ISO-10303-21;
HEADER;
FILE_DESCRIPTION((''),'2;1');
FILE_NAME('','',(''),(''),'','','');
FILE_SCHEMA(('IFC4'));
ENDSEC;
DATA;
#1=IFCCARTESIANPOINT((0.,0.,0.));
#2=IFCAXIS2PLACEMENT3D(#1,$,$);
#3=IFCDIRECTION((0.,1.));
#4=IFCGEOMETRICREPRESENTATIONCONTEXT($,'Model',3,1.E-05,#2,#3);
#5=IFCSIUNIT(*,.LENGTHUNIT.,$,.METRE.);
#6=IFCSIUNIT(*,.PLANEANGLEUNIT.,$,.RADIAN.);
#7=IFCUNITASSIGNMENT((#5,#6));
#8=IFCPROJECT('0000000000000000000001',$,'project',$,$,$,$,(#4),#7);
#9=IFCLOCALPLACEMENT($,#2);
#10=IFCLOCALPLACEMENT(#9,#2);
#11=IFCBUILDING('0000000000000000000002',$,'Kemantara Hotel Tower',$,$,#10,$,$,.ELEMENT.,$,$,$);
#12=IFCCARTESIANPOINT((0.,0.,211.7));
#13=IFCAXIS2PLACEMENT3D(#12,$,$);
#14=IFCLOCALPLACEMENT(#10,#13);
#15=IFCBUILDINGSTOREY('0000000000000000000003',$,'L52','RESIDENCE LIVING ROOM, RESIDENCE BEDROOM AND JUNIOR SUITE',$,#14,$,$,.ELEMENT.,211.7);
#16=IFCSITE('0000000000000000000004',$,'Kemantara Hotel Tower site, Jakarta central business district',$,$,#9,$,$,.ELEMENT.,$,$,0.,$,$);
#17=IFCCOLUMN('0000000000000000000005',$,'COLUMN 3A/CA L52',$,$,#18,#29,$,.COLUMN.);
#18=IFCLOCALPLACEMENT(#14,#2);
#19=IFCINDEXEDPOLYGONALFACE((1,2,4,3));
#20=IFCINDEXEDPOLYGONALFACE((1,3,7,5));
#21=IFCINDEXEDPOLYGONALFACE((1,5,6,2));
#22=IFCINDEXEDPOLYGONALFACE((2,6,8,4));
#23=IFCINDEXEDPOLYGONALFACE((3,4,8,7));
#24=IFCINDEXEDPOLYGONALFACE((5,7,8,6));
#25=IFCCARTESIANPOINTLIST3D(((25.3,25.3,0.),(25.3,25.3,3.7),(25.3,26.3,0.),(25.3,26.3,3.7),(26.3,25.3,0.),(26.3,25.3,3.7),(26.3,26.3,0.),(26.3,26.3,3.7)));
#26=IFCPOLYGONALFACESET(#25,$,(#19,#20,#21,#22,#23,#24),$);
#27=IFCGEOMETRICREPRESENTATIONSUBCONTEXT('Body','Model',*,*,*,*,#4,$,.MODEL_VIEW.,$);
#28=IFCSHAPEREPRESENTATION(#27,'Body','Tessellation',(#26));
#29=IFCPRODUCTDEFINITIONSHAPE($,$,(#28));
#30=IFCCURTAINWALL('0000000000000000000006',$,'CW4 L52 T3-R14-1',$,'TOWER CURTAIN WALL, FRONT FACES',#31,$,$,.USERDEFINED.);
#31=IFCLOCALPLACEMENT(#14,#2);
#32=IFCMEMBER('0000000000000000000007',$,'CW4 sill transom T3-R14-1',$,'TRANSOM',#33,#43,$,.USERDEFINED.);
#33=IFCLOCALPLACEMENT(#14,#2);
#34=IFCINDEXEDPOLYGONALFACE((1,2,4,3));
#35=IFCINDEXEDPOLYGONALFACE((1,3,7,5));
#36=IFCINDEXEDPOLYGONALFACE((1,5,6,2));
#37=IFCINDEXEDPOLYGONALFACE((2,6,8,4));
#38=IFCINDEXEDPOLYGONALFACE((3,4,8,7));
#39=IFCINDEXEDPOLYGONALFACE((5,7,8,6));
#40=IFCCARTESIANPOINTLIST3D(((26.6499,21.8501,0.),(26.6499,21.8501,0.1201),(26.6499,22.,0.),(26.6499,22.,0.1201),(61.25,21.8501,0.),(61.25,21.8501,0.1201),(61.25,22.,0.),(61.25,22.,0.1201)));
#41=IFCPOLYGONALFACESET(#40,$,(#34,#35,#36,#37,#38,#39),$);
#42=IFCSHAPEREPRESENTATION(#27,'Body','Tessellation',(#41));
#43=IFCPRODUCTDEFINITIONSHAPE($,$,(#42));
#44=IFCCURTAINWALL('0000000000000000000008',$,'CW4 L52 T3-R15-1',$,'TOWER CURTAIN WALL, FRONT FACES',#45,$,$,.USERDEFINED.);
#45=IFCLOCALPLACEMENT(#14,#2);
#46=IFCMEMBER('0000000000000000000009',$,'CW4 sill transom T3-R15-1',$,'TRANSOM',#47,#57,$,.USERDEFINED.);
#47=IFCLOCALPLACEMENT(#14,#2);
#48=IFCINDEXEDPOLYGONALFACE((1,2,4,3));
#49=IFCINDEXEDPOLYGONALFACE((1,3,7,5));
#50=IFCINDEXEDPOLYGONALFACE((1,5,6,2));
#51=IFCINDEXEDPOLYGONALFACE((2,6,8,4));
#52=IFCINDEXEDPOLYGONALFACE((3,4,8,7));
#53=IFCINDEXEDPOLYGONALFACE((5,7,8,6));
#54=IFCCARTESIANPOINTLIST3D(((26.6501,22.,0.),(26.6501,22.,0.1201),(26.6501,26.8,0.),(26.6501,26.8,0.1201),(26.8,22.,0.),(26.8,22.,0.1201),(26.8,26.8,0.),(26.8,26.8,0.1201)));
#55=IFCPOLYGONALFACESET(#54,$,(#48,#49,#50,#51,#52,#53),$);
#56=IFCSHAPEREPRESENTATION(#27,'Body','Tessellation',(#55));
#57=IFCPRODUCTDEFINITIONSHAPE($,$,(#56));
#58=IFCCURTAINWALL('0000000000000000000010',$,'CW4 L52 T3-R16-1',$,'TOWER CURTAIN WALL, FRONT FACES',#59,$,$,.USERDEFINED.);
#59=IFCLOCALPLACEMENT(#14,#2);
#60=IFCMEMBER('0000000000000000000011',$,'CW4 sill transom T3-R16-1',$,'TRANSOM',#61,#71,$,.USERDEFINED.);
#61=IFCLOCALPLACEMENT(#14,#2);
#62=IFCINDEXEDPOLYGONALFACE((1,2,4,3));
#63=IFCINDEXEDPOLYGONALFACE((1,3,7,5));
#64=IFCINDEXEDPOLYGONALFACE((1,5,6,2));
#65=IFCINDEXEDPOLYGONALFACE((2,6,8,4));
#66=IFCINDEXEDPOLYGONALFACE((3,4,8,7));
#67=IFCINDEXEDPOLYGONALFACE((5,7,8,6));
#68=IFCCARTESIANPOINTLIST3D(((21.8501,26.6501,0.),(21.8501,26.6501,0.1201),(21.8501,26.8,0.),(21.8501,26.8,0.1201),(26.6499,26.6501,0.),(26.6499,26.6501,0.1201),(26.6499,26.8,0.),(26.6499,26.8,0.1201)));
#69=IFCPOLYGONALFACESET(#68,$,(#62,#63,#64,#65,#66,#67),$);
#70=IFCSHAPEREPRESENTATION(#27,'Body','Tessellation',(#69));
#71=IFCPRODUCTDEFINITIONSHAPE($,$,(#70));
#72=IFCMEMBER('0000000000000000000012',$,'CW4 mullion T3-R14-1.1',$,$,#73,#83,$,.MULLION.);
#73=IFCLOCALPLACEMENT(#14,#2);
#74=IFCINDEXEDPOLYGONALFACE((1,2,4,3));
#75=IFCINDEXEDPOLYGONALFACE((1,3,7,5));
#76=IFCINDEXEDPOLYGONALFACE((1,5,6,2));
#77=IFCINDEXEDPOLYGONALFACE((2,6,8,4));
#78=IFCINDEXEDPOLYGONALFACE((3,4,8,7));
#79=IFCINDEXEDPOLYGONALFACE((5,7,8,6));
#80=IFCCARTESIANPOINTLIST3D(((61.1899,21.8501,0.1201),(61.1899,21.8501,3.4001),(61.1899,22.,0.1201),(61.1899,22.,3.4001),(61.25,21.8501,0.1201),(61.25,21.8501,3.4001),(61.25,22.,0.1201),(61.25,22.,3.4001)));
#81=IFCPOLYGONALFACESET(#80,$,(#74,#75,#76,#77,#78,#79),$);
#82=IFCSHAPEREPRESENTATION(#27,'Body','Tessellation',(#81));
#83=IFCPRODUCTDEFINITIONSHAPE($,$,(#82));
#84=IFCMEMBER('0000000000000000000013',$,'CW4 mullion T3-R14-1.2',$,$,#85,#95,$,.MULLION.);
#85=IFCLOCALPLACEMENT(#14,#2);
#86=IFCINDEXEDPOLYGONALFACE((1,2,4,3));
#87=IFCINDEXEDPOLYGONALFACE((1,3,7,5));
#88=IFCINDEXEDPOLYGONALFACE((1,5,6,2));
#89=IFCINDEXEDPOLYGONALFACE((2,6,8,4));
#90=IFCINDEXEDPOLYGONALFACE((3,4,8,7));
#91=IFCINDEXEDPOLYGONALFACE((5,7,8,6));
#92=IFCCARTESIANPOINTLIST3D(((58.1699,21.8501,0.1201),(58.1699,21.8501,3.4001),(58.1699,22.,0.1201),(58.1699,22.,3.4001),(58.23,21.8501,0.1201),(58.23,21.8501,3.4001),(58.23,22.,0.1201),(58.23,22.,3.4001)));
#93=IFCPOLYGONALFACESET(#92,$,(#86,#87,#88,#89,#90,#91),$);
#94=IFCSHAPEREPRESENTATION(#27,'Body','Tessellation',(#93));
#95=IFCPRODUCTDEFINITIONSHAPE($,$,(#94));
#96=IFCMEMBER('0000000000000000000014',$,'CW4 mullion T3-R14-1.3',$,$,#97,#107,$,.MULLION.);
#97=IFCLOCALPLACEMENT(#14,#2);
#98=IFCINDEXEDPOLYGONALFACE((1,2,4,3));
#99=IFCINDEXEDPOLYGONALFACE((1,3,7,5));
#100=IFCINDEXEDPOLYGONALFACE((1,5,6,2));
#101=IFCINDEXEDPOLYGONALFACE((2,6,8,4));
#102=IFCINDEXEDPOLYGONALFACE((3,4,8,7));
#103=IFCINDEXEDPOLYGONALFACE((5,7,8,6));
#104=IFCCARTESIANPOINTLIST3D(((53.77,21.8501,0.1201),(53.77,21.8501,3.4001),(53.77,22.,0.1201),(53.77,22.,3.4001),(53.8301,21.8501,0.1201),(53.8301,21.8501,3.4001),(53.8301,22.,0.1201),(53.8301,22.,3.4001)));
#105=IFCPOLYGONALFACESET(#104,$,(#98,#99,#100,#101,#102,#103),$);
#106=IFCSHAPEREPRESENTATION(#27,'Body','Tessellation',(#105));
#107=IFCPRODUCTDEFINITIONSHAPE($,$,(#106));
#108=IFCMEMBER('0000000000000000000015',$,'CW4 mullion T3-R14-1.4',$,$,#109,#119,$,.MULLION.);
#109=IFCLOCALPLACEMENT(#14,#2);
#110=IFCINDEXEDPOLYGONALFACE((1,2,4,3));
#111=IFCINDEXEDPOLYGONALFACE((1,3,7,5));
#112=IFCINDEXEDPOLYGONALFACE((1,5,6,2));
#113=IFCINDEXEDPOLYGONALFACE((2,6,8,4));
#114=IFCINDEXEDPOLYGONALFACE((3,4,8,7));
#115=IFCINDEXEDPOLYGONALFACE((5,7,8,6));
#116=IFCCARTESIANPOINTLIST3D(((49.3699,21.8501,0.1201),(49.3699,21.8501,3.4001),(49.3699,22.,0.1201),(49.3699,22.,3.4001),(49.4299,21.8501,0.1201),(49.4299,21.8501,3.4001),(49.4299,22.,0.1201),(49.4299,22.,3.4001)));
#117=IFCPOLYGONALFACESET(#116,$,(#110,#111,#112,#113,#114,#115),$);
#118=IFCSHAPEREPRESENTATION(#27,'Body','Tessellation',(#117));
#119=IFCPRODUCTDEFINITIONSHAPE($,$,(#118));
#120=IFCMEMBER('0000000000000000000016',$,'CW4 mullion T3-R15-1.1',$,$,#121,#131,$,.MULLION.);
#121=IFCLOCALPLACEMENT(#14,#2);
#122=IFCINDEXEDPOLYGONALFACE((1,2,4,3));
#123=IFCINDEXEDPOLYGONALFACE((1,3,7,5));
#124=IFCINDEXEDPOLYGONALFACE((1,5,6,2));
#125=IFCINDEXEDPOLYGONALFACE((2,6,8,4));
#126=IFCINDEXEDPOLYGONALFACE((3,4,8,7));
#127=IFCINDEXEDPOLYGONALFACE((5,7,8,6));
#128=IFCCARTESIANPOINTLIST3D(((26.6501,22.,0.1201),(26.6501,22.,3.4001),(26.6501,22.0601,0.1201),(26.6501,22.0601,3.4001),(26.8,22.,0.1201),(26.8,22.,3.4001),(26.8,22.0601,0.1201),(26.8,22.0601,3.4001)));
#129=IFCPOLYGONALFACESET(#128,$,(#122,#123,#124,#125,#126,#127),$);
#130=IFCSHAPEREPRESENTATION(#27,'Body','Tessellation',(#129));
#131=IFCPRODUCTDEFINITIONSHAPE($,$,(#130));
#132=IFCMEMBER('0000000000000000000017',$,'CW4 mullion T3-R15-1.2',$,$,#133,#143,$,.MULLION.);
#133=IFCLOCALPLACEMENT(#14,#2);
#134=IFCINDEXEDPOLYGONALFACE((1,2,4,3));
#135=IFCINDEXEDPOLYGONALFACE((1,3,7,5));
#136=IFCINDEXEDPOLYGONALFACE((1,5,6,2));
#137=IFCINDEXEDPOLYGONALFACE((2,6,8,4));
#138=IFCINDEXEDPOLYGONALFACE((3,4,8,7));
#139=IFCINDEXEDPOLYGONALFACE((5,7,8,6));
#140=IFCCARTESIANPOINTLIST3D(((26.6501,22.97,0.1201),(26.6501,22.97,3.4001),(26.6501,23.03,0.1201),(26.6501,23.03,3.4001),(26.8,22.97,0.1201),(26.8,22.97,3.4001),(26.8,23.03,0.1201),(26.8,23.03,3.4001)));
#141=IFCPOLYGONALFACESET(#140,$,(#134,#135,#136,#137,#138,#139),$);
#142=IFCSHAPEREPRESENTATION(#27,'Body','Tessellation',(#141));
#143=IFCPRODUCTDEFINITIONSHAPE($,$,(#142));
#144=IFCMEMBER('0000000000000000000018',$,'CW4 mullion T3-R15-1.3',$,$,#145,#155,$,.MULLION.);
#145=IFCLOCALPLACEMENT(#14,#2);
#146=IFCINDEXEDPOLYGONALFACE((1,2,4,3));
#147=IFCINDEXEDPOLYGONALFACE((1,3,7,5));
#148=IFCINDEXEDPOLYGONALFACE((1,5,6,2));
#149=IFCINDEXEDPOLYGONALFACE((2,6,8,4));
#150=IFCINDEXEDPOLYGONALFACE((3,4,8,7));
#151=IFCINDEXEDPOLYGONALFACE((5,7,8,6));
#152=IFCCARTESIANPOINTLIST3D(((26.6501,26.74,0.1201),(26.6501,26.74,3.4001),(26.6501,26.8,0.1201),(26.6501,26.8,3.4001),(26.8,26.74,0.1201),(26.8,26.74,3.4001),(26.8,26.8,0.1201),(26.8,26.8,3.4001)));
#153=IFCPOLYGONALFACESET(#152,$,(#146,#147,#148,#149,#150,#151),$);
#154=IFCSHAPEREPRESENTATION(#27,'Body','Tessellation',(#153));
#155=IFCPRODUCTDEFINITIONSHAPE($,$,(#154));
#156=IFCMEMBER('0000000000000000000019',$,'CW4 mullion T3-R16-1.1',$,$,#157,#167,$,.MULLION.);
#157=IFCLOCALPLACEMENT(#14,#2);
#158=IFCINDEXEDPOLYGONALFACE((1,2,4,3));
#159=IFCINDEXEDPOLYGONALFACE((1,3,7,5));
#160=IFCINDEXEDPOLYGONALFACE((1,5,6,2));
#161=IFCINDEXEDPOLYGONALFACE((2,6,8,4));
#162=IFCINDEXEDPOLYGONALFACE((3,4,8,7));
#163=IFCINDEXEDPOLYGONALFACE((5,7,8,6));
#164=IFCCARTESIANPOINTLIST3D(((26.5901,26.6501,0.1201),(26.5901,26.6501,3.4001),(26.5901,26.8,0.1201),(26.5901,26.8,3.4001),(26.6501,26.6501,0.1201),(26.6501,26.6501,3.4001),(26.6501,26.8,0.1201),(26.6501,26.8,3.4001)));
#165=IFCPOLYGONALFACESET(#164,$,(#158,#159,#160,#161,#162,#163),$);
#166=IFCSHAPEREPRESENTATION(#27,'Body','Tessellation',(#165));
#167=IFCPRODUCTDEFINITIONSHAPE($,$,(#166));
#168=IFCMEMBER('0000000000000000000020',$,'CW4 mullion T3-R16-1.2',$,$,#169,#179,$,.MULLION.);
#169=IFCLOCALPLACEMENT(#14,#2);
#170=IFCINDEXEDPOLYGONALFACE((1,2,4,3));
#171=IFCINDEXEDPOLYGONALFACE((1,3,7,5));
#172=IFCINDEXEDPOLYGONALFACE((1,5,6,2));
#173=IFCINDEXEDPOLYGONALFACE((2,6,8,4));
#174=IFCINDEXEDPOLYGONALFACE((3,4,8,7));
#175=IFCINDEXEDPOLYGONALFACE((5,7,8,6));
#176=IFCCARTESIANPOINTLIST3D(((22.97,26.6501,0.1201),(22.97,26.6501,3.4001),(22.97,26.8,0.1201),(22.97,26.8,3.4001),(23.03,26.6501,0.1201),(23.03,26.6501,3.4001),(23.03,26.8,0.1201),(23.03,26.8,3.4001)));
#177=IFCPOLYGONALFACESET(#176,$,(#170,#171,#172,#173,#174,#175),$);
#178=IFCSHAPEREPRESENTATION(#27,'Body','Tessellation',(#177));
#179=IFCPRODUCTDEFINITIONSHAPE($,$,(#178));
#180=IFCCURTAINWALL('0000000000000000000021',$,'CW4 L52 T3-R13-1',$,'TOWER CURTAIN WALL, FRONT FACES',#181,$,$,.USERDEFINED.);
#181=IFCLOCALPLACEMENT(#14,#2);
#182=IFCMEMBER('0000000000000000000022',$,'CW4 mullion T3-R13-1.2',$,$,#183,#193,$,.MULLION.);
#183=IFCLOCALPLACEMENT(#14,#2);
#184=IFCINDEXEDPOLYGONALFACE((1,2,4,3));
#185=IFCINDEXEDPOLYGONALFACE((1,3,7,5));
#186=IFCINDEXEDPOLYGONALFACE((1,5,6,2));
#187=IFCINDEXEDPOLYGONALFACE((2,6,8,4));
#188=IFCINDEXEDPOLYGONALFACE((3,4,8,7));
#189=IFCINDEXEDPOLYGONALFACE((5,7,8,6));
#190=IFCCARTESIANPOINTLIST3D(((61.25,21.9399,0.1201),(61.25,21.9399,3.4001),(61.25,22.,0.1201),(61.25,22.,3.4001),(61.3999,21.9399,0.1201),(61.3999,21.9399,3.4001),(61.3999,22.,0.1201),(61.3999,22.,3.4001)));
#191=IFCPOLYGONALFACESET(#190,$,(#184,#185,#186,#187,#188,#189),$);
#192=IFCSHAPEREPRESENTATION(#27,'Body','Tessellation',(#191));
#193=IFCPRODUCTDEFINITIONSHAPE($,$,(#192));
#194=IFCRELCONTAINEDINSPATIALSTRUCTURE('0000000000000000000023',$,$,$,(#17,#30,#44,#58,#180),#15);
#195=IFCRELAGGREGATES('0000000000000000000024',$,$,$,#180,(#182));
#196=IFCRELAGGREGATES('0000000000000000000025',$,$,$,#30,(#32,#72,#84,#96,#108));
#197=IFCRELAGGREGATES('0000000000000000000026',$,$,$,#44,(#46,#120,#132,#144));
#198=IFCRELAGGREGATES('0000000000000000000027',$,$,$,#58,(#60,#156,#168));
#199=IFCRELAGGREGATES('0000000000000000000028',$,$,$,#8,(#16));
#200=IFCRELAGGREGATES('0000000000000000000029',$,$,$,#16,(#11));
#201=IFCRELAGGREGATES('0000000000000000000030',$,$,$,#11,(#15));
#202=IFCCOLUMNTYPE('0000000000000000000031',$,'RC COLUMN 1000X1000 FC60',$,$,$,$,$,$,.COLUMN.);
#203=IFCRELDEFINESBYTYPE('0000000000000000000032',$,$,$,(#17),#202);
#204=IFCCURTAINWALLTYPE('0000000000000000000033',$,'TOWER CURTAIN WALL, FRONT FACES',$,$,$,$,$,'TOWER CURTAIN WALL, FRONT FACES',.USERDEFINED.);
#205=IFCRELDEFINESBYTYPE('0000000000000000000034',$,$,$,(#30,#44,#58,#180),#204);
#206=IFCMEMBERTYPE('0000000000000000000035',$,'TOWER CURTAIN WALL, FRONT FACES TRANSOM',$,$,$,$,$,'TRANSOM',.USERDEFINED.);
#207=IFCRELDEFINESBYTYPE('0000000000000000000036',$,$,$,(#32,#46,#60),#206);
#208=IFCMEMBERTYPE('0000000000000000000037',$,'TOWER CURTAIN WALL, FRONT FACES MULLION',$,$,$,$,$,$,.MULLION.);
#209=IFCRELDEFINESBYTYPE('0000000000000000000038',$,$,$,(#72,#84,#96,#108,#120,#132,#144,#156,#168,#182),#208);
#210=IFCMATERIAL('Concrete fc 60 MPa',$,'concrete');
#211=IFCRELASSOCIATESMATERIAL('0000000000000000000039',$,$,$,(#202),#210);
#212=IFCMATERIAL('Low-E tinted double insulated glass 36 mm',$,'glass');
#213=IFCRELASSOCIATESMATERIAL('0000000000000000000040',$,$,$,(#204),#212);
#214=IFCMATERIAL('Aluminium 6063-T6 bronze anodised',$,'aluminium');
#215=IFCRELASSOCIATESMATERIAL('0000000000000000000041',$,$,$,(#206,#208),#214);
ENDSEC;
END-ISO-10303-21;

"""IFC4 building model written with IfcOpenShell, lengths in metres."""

from ifc_helpers import new_model, si_unit, direction, frame, origin, origin_2d, place, context, subcontext, project, spatial, rectangle, extrude, source, transform, mapped, material, material_profile, profile_set, type_object, element, aggregate, save


model = new_model("IFC4")

# Units and contexts
model_context = context("Model", 3, precision=1e-05, world=origin(), true_north=direction((0.0, 1.0)))
body_context = subcontext(model_context, "Body", "Model", "MODEL_VIEW")
ifc_project = project(units=[si_unit("LENGTHUNIT", "METRE"), si_unit("PLANEANGLEUNIT", "RADIAN")], contexts=[model_context])

# Site, building, storey
site_placement = place(None, origin())
site = spatial("IfcSite", under=ifc_project, at=site_placement, Name="Kemantara Hotel Tower site, Jakarta central business district", CompositionType="ELEMENT", RefElevation=0.0)
building_placement = place(site_placement, origin())
building = spatial("IfcBuilding", under=site, at=building_placement, Name="Kemantara Hotel Tower", CompositionType="ELEMENT")
storey_placement = place(building_placement, frame((0.0, 0.0, 211.7)))
storey = spatial("IfcBuildingStorey", under=building, at=storey_placement, Name="L52", Description="RESIDENCE LIVING ROOM, RESIDENCE BEDROOM AND JUNIOR SUITE", CompositionType="ELEMENT", Elevation=211.7)

# Column
ifc_material_1 = material(Name="Concrete fc 60 MPa", Category="concrete")
ifc_material_profile_1 = material_profile(ifc_material_1, rectangle(XDim=1.0, YDim=1.0, at=origin_2d()), Name="RC 1000X1000")
ifc_profile_set_1 = profile_set([ifc_material_profile_1], Name="Concrete fc 60 MPa")
column_type = type_object("IfcColumnType", Name="RC COLUMN 1000X1000 FC60", PredefinedType="COLUMN", material=ifc_profile_set_1)
column_placement = place(storey_placement, frame((25.8, 25.8, 0.0), z_axis=(0.0, 0.0, 1.0), x_axis=(1.0, 0.0, 0.0)))
element("IfcColumn", 1, at=column_placement, inside=storey, type_object=column_type, Name="COLUMN 3A/CA L52", PredefinedType="COLUMN", context=body_context, shape_type="SweptSolid", body=[
    extrude(rectangle(XDim=1.0, YDim=1.0, at=origin_2d()), origin(), (0.0, 0.0, 1.0), 3.7),
])

# Curtain walls, members
ifc_material_2 = material(Name="Low-E tinted double insulated glass 36 mm", Category="glass")
curtain_wall_type = type_object("IfcCurtainWallType", Name="TOWER CURTAIN WALL, FRONT FACES", ElementType="TOWER CURTAIN WALL, FRONT FACES", PredefinedType="USERDEFINED", material=ifc_material_2)
curtain_wall_1_placement = place(storey_placement, origin())
curtain_wall_1 = element("IfcCurtainWall", 2, at=curtain_wall_1_placement, inside=storey, type_object=curtain_wall_type, Name="CW4 L52 T3-R14-1", ObjectType="TOWER CURTAIN WALL, FRONT FACES", PredefinedType="USERDEFINED")
ifc_material_3 = material(Name="Aluminium 6063-T6 bronze anodised", Category="aluminium")
ifc_material_profile_2 = material_profile(ifc_material_3, rectangle(XDim=0.1499, YDim=0.1201, at=origin_2d()), Name="TOWER CURTAIN WALL, FRONT FACES TRANSOM")
ifc_profile_set_2 = profile_set([ifc_material_profile_2], Name="Aluminium 6063-T6 bronze anodised")
member_type_1 = type_object("IfcMemberType", Name="TOWER CURTAIN WALL, FRONT FACES TRANSOM", ElementType="TRANSOM", PredefinedType="USERDEFINED", material=ifc_profile_set_2)
member_1_placement = place(storey_placement, frame((61.25, 21.925, 0.0601), z_axis=(-1.0, 0.0, 0.0), x_axis=(0.0, -1.0, 0.0)))
member_1 = element("IfcMember", 3, at=member_1_placement, type_object=member_type_1, Name="CW4 sill transom T3-R14-1", ObjectType="TRANSOM", PredefinedType="USERDEFINED", context=body_context, shape_type="SweptSolid", body=[
    extrude(rectangle(XDim=0.1499, YDim=0.1201, at=origin_2d()), origin(), (0.0, 0.0, 1.0), 34.6001),
])
curtain_wall_2_placement = place(storey_placement, origin())
curtain_wall_2 = element("IfcCurtainWall", 4, at=curtain_wall_2_placement, inside=storey, type_object=curtain_wall_type, Name="CW4 L52 T3-R15-1", ObjectType="TOWER CURTAIN WALL, FRONT FACES", PredefinedType="USERDEFINED")
member_2_placement = place(storey_placement, frame((26.7251, 22.0, 0.0601), z_axis=(0.0, 1.0, 0.0), x_axis=(-1.0, 0.0, 0.0)))
member_2 = element("IfcMember", 5, at=member_2_placement, type_object=member_type_1, Name="CW4 sill transom T3-R15-1", ObjectType="TRANSOM", PredefinedType="USERDEFINED", context=body_context, shape_type="SweptSolid", body=[
    extrude(rectangle(XDim=0.1499, YDim=0.1201, at=origin_2d()), origin(), (0.0, 0.0, 1.0), 4.8),
])
curtain_wall_3_placement = place(storey_placement, origin())
curtain_wall_3 = element("IfcCurtainWall", 6, at=curtain_wall_3_placement, inside=storey, type_object=curtain_wall_type, Name="CW4 L52 T3-R16-1", ObjectType="TOWER CURTAIN WALL, FRONT FACES", PredefinedType="USERDEFINED")
member_3_placement = place(storey_placement, frame((26.6499, 26.7251, 0.0601), z_axis=(-1.0, 0.0, 0.0), x_axis=(0.0, -1.0, 0.0)))
member_3 = element("IfcMember", 7, at=member_3_placement, type_object=member_type_1, Name="CW4 sill transom T3-R16-1", ObjectType="TRANSOM", PredefinedType="USERDEFINED", context=body_context, shape_type="SweptSolid", body=[
    extrude(rectangle(XDim=0.1499, YDim=0.1201, at=origin_2d()), origin(), (0.0, 0.0, 1.0), 4.7998),
])

# Members
ifc_material_profile_3 = material_profile(ifc_material_3, rectangle(XDim=0.1499, YDim=0.0601, at=origin_2d()), Name="TOWER CURTAIN WALL, FRONT FACES MULLION")
ifc_profile_set_3 = profile_set([ifc_material_profile_3], Name="Aluminium 6063-T6 bronze anodised")
member_type_2 = type_object("IfcMemberType", Name="TOWER CURTAIN WALL, FRONT FACES MULLION", PredefinedType="MULLION", material=ifc_profile_set_3)
shared_shape_1 = source(origin(), body_context, "Body", "SweptSolid", [
    extrude(rectangle(XDim=0.1499, YDim=0.0601, at=origin_2d()), origin(), (0.0, 0.0, 1.0), 3.28),
])
member_4_placement = place(storey_placement, frame((61.22, 21.925, 0.1201), z_axis=(0.0, 0.0, 1.0), x_axis=(0.0, -1.0, 0.0)))
member_4 = element("IfcMember", 8, at=member_4_placement, type_object=member_type_2, Name="CW4 mullion T3-R14-1.1", PredefinedType="MULLION", context=body_context, shape_type="MappedRepresentation", body=[
    mapped(shared_shape_1, transform((0.0, 0.0, 0.0))),
])
member_5_placement = place(storey_placement, frame((58.2, 21.925, 0.1201), z_axis=(0.0, 0.0, 1.0), x_axis=(0.0, -1.0, 0.0)))
member_5 = element("IfcMember", 9, at=member_5_placement, type_object=member_type_2, Name="CW4 mullion T3-R14-1.2", PredefinedType="MULLION", context=body_context, shape_type="MappedRepresentation", body=[
    mapped(shared_shape_1, transform((0.0, 0.0, 0.0))),
])
member_6_placement = place(storey_placement, frame((53.8, 21.925, 0.1201), z_axis=(0.0, 0.0, 1.0), x_axis=(0.0, -1.0, 0.0)))
member_6 = element("IfcMember", 10, at=member_6_placement, type_object=member_type_2, Name="CW4 mullion T3-R14-1.3", PredefinedType="MULLION", context=body_context, shape_type="MappedRepresentation", body=[
    mapped(shared_shape_1, transform((0.0, 0.0, 0.0))),
])
member_7_placement = place(storey_placement, frame((49.3999, 21.925, 0.1201), z_axis=(0.0, 0.0, 1.0), x_axis=(0.0, -1.0, 0.0)))
member_7 = element("IfcMember", 11, at=member_7_placement, type_object=member_type_2, Name="CW4 mullion T3-R14-1.4", PredefinedType="MULLION", context=body_context, shape_type="MappedRepresentation", body=[
    mapped(shared_shape_1, transform((0.0, 0.0, 0.0))),
])
member_8_placement = place(storey_placement, frame((26.7251, 22.03, 0.1201), z_axis=(0.0, 0.0, 1.0), x_axis=(-1.0, 0.0, 0.0)))
member_8 = element("IfcMember", 12, at=member_8_placement, type_object=member_type_2, Name="CW4 mullion T3-R15-1.1", PredefinedType="MULLION", context=body_context, shape_type="MappedRepresentation", body=[
    mapped(shared_shape_1, transform((0.0, 0.0, 0.0))),
])
member_9_placement = place(storey_placement, frame((26.7251, 23.0, 0.1201), z_axis=(0.0, 0.0, 1.0), x_axis=(-1.0, 0.0, 0.0)))
member_9 = element("IfcMember", 13, at=member_9_placement, type_object=member_type_2, Name="CW4 mullion T3-R15-1.2", PredefinedType="MULLION", context=body_context, shape_type="MappedRepresentation", body=[
    mapped(shared_shape_1, transform((0.0, 0.0, 0.0))),
])
member_10_placement = place(storey_placement, frame((26.7251, 26.77, 0.1201), z_axis=(0.0, 0.0, 1.0), x_axis=(-1.0, 0.0, 0.0)))
member_10 = element("IfcMember", 14, at=member_10_placement, type_object=member_type_2, Name="CW4 mullion T3-R15-1.3", PredefinedType="MULLION", context=body_context, shape_type="MappedRepresentation", body=[
    mapped(shared_shape_1, transform((0.0, 0.0, 0.0))),
])
member_11_placement = place(storey_placement, frame((26.6201, 26.7251, 0.1201), z_axis=(0.0, 0.0, 1.0), x_axis=(0.0, -1.0, 0.0)))
member_11 = element("IfcMember", 15, at=member_11_placement, type_object=member_type_2, Name="CW4 mullion T3-R16-1.1", PredefinedType="MULLION", context=body_context, shape_type="MappedRepresentation", body=[
    mapped(shared_shape_1, transform((0.0, 0.0, 0.0))),
])
member_12_placement = place(storey_placement, frame((23.0, 26.7251, 0.1201), z_axis=(0.0, 0.0, 1.0), x_axis=(0.0, -1.0, 0.0)))
member_12 = element("IfcMember", 16, at=member_12_placement, type_object=member_type_2, Name="CW4 mullion T3-R16-1.2", PredefinedType="MULLION", context=body_context, shape_type="MappedRepresentation", body=[
    mapped(shared_shape_1, transform((0.0, 0.0, 0.0))),
])

# Curtain wall, member
curtain_wall_4_placement = place(storey_placement, origin())
curtain_wall_4 = element("IfcCurtainWall", 17, at=curtain_wall_4_placement, inside=storey, type_object=curtain_wall_type, Name="CW4 L52 T3-R13-1", ObjectType="TOWER CURTAIN WALL, FRONT FACES", PredefinedType="USERDEFINED")
member_13_placement = place(storey_placement, frame((61.325, 21.97, 0.1201), z_axis=(0.0, 0.0, 1.0), x_axis=(-1.0, 0.0, 0.0)))
member_13 = element("IfcMember", 18, at=member_13_placement, type_object=member_type_2, Name="CW4 mullion T3-R13-1.2", PredefinedType="MULLION", context=body_context, shape_type="MappedRepresentation", body=[
    mapped(shared_shape_1, transform((0.0, 0.0, 0.0))),
])
aggregate(curtain_wall_4, [member_13])

aggregate(curtain_wall_1, [member_1, member_4, member_5, member_6, member_7])
aggregate(curtain_wall_2, [member_2, member_8, member_9, member_10])
aggregate(curtain_wall_3, [member_3, member_11, member_12])

save(model, "model.ifc")
